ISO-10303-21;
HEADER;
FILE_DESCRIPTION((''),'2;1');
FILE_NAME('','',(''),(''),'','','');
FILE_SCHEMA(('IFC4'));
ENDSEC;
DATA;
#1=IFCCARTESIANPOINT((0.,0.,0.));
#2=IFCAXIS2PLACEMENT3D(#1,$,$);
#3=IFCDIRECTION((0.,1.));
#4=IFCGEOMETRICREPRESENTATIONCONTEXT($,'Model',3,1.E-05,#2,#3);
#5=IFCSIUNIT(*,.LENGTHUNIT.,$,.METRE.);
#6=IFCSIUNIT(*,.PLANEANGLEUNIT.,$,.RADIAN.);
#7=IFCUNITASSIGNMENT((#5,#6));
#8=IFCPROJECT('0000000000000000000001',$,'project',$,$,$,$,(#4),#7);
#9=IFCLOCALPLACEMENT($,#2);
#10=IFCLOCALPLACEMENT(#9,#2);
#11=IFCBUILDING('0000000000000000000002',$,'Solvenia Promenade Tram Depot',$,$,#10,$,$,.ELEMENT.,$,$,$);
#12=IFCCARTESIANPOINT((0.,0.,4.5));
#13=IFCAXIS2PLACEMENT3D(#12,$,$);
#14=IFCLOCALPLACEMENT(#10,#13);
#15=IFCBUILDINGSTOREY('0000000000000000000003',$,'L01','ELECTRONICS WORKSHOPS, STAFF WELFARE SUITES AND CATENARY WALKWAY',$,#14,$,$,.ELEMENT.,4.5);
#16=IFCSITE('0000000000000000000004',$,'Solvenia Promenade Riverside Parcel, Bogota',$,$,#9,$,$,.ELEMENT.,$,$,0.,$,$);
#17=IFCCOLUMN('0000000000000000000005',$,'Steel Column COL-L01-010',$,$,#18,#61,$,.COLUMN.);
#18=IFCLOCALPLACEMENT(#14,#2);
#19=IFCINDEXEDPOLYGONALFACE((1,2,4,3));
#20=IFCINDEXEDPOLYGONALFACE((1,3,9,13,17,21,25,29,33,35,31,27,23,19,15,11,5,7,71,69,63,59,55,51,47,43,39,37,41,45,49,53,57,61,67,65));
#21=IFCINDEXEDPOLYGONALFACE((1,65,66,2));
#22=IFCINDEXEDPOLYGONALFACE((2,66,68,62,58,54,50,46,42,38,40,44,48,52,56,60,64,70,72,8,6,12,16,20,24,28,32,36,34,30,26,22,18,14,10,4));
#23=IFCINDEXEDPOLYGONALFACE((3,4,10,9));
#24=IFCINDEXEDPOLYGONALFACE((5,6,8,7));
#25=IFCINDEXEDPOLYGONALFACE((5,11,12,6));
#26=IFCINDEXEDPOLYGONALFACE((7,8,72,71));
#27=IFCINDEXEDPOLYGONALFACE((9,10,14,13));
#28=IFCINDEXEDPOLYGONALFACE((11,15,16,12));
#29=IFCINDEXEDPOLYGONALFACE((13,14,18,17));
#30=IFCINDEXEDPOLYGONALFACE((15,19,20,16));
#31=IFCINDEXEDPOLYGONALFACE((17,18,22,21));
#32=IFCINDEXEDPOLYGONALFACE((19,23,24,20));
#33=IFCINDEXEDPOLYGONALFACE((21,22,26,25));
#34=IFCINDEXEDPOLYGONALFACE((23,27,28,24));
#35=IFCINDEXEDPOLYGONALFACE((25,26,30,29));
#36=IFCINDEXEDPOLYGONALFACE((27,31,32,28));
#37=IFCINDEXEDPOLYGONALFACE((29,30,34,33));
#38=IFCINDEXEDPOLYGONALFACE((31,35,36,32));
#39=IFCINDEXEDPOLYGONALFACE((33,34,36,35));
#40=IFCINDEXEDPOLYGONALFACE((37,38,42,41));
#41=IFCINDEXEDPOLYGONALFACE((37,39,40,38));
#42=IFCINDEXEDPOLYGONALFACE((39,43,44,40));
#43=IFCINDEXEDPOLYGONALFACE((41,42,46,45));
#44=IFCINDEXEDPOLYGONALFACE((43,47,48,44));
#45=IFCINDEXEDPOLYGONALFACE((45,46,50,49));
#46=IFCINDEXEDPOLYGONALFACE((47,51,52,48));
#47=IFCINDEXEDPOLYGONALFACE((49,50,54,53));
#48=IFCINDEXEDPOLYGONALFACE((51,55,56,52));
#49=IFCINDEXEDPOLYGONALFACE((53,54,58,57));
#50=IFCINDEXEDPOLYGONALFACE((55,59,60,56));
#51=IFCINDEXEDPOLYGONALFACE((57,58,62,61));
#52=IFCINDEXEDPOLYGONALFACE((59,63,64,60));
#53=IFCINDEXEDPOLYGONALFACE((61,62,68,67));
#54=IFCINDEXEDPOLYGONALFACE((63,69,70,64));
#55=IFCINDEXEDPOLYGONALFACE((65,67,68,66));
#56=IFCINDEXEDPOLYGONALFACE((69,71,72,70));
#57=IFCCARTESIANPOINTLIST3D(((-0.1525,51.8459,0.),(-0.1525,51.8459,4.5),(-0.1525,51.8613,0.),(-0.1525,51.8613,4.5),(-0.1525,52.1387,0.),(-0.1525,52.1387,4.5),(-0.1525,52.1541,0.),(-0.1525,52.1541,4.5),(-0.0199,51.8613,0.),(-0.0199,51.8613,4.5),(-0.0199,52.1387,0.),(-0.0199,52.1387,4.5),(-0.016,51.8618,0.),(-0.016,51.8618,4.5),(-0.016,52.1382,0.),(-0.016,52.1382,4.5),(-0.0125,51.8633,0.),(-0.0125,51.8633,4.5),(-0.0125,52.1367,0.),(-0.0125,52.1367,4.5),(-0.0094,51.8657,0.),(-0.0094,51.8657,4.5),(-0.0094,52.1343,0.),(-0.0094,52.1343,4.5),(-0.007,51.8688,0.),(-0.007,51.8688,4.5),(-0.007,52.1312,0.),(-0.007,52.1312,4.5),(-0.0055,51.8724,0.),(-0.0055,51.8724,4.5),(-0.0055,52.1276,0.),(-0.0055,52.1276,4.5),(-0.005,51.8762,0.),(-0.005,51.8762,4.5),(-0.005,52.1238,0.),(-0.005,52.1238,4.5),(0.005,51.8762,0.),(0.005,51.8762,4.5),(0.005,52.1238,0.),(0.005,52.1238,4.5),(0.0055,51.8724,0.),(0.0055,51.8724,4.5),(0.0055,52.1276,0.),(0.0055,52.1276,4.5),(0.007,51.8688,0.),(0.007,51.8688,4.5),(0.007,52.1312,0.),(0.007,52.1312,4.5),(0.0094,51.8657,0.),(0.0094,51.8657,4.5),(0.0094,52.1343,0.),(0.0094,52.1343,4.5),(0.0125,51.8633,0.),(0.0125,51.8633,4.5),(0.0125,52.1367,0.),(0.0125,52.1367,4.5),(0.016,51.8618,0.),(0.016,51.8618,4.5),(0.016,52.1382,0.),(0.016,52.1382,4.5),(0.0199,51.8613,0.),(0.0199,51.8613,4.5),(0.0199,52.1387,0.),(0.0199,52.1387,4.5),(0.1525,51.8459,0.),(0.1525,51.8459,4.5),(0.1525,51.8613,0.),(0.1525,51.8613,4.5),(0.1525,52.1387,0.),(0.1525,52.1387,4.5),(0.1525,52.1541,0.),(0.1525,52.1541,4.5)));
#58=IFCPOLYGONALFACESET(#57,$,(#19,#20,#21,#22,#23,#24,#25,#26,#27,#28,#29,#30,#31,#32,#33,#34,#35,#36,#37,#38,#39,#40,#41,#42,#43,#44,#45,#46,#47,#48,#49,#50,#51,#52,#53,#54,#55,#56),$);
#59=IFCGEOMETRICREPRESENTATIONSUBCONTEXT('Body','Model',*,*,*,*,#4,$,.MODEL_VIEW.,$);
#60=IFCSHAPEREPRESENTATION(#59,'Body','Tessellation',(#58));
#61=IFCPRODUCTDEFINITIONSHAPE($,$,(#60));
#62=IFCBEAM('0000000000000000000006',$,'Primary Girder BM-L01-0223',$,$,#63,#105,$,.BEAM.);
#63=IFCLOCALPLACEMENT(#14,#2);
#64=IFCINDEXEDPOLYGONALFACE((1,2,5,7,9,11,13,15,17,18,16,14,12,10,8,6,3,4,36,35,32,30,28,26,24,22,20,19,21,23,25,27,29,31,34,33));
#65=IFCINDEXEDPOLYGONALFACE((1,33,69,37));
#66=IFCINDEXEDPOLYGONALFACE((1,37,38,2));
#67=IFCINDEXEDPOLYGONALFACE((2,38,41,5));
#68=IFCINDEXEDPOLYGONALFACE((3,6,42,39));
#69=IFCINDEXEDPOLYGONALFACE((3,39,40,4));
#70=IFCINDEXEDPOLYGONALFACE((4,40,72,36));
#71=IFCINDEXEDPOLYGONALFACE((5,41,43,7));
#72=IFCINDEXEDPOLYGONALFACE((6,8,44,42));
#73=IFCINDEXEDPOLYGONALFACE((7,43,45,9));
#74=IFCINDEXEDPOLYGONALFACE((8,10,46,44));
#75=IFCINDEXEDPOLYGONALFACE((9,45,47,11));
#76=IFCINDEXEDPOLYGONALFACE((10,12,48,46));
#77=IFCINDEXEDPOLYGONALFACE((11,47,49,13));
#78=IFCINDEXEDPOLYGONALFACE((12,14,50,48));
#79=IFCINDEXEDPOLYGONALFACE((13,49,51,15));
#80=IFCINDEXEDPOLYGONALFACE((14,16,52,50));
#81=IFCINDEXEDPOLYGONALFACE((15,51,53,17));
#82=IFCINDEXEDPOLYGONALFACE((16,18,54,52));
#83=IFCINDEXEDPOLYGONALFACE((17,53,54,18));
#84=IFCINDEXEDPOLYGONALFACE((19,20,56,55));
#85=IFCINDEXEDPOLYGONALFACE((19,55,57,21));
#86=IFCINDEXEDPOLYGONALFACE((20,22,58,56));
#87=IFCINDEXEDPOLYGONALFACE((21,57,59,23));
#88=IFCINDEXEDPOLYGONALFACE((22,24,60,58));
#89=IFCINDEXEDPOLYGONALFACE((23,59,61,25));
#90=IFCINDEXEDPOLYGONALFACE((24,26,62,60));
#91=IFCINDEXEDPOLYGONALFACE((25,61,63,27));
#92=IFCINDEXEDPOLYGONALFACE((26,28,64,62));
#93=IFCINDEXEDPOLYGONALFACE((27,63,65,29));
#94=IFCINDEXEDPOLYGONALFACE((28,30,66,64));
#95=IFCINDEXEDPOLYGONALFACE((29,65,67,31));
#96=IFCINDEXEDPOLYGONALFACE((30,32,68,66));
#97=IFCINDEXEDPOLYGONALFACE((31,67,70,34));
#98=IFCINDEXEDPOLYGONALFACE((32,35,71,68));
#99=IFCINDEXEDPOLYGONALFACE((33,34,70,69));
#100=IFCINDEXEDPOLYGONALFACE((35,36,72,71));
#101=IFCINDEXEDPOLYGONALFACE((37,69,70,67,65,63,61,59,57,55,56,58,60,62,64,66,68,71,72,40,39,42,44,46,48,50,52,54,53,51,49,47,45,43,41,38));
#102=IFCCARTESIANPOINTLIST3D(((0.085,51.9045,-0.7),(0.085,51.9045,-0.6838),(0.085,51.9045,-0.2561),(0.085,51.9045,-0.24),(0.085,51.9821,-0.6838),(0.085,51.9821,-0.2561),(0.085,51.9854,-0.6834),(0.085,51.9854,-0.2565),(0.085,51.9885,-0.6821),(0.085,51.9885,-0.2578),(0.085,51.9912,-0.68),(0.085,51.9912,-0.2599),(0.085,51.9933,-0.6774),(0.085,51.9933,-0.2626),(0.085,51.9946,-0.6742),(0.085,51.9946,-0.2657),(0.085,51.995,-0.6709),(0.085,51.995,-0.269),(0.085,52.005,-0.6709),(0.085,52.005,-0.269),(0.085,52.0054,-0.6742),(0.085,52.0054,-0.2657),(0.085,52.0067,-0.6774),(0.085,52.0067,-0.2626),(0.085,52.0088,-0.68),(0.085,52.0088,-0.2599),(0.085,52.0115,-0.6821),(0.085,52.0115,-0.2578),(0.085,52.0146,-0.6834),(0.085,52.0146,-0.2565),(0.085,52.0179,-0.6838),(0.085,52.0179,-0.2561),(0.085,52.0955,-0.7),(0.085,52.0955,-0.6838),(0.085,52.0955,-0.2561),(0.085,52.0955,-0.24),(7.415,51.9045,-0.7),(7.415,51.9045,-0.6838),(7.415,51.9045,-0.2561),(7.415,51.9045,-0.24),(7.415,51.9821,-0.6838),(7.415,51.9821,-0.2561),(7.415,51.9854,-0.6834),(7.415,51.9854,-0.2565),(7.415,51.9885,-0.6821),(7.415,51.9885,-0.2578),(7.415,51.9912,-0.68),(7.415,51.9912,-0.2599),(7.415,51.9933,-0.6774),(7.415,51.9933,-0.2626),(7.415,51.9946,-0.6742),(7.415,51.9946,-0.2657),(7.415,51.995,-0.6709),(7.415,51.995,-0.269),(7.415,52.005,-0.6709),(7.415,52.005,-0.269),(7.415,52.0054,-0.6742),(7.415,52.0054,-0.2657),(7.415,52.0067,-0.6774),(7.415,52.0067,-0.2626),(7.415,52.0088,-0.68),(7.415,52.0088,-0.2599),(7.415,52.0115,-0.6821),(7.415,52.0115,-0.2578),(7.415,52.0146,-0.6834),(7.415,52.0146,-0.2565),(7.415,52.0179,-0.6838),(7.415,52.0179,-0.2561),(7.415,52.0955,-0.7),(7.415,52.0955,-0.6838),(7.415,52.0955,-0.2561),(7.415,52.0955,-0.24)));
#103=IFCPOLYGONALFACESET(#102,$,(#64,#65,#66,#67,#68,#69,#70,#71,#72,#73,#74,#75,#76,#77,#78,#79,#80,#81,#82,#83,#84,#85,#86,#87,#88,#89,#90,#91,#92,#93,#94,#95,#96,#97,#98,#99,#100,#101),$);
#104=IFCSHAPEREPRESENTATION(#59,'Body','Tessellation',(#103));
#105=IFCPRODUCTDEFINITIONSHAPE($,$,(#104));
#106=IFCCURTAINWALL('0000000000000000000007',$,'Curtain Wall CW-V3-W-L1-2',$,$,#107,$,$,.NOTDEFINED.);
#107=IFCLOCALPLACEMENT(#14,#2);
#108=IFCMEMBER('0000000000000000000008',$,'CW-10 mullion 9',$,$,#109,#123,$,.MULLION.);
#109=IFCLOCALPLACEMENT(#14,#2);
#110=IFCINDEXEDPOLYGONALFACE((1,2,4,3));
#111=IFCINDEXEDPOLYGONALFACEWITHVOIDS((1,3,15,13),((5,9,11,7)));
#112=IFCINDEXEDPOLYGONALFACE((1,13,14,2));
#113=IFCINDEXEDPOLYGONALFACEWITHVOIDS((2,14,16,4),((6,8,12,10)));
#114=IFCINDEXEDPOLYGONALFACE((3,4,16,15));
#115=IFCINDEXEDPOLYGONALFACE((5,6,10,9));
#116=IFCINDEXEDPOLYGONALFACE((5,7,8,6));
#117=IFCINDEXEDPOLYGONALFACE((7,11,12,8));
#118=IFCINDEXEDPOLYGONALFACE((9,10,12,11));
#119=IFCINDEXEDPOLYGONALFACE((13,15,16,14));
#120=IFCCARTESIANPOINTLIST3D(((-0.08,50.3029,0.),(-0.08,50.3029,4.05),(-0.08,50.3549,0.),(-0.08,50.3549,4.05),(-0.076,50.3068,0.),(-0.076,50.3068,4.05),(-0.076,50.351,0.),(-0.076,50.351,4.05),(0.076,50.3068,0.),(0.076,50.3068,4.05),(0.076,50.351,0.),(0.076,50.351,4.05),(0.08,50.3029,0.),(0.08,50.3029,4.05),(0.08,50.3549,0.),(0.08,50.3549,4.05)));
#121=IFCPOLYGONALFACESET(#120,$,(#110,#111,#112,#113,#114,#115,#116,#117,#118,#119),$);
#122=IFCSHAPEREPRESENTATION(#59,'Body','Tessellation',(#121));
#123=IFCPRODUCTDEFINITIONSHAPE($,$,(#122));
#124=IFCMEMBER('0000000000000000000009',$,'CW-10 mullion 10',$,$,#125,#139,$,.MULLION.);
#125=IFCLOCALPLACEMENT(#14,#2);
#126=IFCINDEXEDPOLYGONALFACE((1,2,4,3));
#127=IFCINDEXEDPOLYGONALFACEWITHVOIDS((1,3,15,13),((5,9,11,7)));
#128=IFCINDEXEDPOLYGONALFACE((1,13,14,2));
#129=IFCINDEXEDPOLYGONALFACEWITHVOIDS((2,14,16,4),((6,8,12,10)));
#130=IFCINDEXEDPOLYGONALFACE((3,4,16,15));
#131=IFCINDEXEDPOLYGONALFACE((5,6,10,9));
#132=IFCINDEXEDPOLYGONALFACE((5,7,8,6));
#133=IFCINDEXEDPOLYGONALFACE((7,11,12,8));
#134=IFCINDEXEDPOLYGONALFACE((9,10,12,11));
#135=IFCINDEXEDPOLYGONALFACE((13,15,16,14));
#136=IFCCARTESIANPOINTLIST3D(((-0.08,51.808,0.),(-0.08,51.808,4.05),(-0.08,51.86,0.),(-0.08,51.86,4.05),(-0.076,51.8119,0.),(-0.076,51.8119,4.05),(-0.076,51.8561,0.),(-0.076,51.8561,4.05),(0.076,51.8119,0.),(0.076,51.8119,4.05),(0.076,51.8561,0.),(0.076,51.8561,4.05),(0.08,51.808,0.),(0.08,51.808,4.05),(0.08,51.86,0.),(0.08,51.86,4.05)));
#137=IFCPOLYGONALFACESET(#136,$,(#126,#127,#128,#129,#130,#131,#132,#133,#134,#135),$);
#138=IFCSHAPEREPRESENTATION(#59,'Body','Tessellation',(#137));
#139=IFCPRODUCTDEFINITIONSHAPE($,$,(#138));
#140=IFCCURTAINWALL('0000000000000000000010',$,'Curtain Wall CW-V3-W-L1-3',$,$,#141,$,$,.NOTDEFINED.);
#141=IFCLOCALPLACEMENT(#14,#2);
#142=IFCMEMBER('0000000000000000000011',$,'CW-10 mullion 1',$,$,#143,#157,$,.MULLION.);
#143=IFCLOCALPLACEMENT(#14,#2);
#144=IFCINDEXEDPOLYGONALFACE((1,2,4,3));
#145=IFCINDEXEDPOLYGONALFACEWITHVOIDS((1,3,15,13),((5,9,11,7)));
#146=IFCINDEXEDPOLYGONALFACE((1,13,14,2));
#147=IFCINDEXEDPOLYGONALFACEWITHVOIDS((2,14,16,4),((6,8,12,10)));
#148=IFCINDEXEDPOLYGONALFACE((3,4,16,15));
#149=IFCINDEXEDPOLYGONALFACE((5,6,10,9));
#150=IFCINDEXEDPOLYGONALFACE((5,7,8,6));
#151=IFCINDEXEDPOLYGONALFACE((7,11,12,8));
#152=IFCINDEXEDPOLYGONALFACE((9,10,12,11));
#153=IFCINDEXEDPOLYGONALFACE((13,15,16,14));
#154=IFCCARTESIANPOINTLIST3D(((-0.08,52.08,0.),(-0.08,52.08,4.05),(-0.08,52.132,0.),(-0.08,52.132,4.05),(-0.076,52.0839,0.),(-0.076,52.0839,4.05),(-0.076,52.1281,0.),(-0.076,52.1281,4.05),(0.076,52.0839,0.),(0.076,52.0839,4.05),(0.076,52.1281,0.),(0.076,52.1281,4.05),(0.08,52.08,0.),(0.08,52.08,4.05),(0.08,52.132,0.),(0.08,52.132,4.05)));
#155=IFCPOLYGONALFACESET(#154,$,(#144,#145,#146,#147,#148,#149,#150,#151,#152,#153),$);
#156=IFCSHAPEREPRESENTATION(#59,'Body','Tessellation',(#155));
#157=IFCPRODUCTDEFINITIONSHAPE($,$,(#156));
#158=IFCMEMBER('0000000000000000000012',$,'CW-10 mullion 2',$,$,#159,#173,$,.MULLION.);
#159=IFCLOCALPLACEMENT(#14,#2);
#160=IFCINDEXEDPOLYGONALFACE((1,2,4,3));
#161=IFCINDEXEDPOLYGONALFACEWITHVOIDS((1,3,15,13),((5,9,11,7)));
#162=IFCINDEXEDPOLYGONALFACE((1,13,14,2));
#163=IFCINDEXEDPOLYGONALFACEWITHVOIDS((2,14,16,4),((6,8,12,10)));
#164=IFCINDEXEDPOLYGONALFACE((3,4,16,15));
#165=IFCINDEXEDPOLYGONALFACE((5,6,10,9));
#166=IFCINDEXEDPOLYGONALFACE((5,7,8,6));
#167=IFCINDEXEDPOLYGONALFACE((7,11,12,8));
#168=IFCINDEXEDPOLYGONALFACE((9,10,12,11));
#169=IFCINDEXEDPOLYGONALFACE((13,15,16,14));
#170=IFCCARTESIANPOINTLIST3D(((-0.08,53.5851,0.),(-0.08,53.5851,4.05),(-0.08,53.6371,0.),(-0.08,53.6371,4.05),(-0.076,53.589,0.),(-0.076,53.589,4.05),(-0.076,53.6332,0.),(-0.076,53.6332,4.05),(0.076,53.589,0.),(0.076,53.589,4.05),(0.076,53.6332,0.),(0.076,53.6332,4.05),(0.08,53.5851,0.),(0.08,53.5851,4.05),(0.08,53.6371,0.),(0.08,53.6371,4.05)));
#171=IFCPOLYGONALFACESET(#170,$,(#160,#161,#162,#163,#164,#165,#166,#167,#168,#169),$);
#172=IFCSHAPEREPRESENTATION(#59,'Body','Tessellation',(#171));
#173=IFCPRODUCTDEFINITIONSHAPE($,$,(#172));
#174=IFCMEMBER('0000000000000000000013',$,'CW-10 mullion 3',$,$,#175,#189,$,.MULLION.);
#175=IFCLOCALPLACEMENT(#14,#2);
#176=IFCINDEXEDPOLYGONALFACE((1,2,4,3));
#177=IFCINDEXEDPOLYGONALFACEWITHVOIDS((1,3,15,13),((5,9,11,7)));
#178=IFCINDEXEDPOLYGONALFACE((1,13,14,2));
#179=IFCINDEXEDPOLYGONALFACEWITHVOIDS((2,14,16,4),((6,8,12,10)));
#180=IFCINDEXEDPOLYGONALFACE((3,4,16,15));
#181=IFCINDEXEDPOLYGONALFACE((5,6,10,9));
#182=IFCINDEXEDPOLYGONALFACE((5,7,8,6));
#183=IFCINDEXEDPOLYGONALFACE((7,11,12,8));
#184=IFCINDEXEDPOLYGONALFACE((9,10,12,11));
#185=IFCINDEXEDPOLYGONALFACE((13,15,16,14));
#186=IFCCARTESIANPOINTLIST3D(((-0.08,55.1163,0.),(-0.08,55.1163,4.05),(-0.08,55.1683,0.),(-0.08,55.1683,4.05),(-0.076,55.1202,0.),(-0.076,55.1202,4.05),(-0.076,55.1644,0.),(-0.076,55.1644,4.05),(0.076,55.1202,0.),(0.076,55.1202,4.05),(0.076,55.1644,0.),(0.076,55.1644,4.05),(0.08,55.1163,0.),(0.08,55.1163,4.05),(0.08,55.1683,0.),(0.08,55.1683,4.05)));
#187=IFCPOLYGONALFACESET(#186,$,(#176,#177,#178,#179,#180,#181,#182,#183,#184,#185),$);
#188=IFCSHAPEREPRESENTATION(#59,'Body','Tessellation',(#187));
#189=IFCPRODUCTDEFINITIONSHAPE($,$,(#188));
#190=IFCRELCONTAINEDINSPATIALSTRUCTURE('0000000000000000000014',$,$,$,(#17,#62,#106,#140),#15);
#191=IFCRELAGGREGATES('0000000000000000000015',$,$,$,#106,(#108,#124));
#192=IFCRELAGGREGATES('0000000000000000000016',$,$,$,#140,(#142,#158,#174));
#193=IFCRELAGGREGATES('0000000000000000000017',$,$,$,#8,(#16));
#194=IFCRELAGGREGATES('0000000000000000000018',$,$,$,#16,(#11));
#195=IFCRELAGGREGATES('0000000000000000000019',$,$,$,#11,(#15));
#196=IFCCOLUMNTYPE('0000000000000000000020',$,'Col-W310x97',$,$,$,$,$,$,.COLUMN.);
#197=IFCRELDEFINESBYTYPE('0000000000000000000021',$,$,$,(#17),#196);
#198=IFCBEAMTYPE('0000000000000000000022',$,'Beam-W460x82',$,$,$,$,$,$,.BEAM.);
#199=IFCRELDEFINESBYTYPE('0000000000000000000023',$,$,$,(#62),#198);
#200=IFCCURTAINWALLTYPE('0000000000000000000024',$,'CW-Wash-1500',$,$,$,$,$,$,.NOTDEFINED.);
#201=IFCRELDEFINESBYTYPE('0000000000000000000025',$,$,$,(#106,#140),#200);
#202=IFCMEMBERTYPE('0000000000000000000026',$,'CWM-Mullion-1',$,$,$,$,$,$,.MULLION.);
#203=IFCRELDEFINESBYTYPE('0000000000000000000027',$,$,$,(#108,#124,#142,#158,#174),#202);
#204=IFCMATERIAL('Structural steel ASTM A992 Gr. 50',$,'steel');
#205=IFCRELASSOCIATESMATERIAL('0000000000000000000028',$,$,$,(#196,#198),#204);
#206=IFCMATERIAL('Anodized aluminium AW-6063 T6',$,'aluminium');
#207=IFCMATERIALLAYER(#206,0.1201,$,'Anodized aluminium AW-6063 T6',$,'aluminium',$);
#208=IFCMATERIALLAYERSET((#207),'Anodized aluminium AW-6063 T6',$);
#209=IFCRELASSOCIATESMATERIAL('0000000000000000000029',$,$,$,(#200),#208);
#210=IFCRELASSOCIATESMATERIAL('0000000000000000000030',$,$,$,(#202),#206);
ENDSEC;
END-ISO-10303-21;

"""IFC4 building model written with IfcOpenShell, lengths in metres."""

from ifc_helpers import new_model, si_unit, direction, frame, origin, origin_2d, place, context, subcontext, project, spatial, hollow_rectangle, i_section, extrude, material, layer, layer_set, material_profile, profile_set, type_object, element, aggregate, save


model = new_model("IFC4")

# Units and contexts
model_context = context("Model", 3, precision=1e-05, world=origin(), true_north=direction((0.0, 1.0)))
body_context = subcontext(model_context, "Body", "Model", "MODEL_VIEW")
ifc_project = project(units=[si_unit("LENGTHUNIT", "METRE"), si_unit("PLANEANGLEUNIT", "RADIAN")], contexts=[model_context])

# Site, building, storey
site_placement = place(None, origin())
site = spatial("IfcSite", under=ifc_project, at=site_placement, Name="Solvenia Promenade Riverside Parcel, Bogota", CompositionType="ELEMENT", RefElevation=0.0)
building_placement = place(site_placement, origin())
building = spatial("IfcBuilding", under=site, at=building_placement, Name="Solvenia Promenade Tram Depot", CompositionType="ELEMENT")
storey_placement = place(building_placement, frame((0.0, 0.0, 4.5)))
storey = spatial("IfcBuildingStorey", under=building, at=storey_placement, Name="L01", Description="ELECTRONICS WORKSHOPS, STAFF WELFARE SUITES AND CATENARY WALKWAY", CompositionType="ELEMENT", Elevation=4.5)

# Column
ifc_material_1 = material(Name="Structural steel ASTM A992 Gr. 50", Category="steel")
ifc_material_profile_1 = material_profile(ifc_material_1, i_section(OverallWidth=0.3049, OverallDepth=0.3081, WebThickness=0.01, FlangeThickness=0.0154, FilletRadius=0.0149, at=origin_2d()), Name="W310x97", Category="steel")
ifc_profile_set_1 = profile_set([ifc_material_profile_1], Name="Structural steel ASTM A992 Gr. 50")
column_type = type_object("IfcColumnType", Name="Col-W310x97", PredefinedType="COLUMN", material=ifc_profile_set_1)
column_placement = place(storey_placement, frame((0.0, 52.0, 0.0), z_axis=(0.0, 0.0, 1.0), x_axis=(1.0, 0.0, 0.0)))
element("IfcColumn", 1, at=column_placement, inside=storey, type_object=column_type, Name="Steel Column COL-L01-010", PredefinedType="COLUMN", context=body_context, shape_type="SweptSolid", body=[
    extrude(i_section(OverallWidth=0.3049, OverallDepth=0.3081, WebThickness=0.01, FlangeThickness=0.0154, FilletRadius=0.0149, at=origin_2d()), origin(), (0.0, 0.0, 1.0), 4.5),
])

# Beam
ifc_material_profile_2 = material_profile(ifc_material_1, i_section(OverallWidth=0.1909, OverallDepth=0.46, WebThickness=0.01, FlangeThickness=0.0161, FilletRadius=0.0129, at=origin_2d()), Name="W460x82", Category="steel")
ifc_profile_set_2 = profile_set([ifc_material_profile_2], Name="Structural steel ASTM A992 Gr. 50")
beam_type_1 = type_object("IfcBeamType", Name="Beam-W460x82", PredefinedType="BEAM", material=ifc_profile_set_2)
beam_1_placement = place(storey_placement, frame((0.085, 52.0, -0.47), z_axis=(1.0, 0.0, 0.0), x_axis=(0.0, 1.0, 0.0)))
element("IfcBeam", 2, at=beam_1_placement, inside=storey, type_object=beam_type_1, Name="Primary Girder BM-L01-0223", PredefinedType="BEAM", context=body_context, shape_type="SweptSolid", body=[
    extrude(i_section(OverallWidth=0.1909, OverallDepth=0.46, WebThickness=0.01, FlangeThickness=0.0161, FilletRadius=0.0129, at=origin_2d()), origin(), (0.0, 0.0, 1.0), 7.3301),
])

# Curtain walls, members
ifc_material_2 = material(Name="Anodized aluminium AW-6063 T6", Category="aluminium")
ifc_layer_1 = layer(ifc_material_2, 0.1201, Name="Anodized aluminium AW-6063 T6", Category="aluminium")
ifc_layer_set_1 = layer_set([ifc_layer_1], Name="Anodized aluminium AW-6063 T6")
curtain_wall_type = type_object("IfcCurtainWallType", Name="CW-Wash-1500", PredefinedType="NOTDEFINED", material=ifc_layer_set_1)
curtain_wall_1_placement = place(storey_placement, origin())
curtain_wall_1 = element("IfcCurtainWall", 3, at=curtain_wall_1_placement, inside=storey, type_object=curtain_wall_type, Name="Curtain Wall CW-V3-W-L1-2", PredefinedType="NOTDEFINED")
ifc_material_profile_3 = material_profile(ifc_material_2, hollow_rectangle(XDim=0.1599, YDim=0.052, WallThickness=0.0039, at=origin_2d()), Name="ALU-M1", Category="aluminium")
ifc_profile_set_3 = profile_set([ifc_material_profile_3], Name="Anodized aluminium AW-6063 T6")
member_type_1 = type_object("IfcMemberType", Name="CWM-Mullion-1", PredefinedType="MULLION", material=ifc_profile_set_3)
member_1_placement = place(storey_placement, frame((0.0, 50.3289, 0.0), z_axis=(0.0, 0.0, 1.0), x_axis=(-1.0, 0.0, 0.0)))
member_1 = element("IfcMember", 4, at=member_1_placement, type_object=member_type_1, Name="CW-10 mullion 9", PredefinedType="MULLION", context=body_context, shape_type="SweptSolid", body=[
    extrude(hollow_rectangle(XDim=0.1599, YDim=0.052, WallThickness=0.0039, at=origin_2d()), origin(), (0.0, 0.0, 1.0), 4.05),
])
member_2_placement = place(storey_placement, frame((0.0, 51.834, 0.0), z_axis=(0.0, 0.0, 1.0), x_axis=(-1.0, 0.0, 0.0)))
member_2 = element("IfcMember", 5, at=member_2_placement, type_object=member_type_1, Name="CW-10 mullion 10", PredefinedType="MULLION", context=body_context, shape_type="SweptSolid", body=[
    extrude(hollow_rectangle(XDim=0.1599, YDim=0.052, WallThickness=0.0039, at=origin_2d()), origin(), (0.0, 0.0, 1.0), 4.05),
])
curtain_wall_2_placement = place(storey_placement, origin())
curtain_wall_2 = element("IfcCurtainWall", 6, at=curtain_wall_2_placement, inside=storey, type_object=curtain_wall_type, Name="Curtain Wall CW-V3-W-L1-3", PredefinedType="NOTDEFINED")
member_3_placement = place(storey_placement, frame((0.0, 52.106, 0.0), z_axis=(0.0, 0.0, 1.0), x_axis=(-1.0, 0.0, 0.0)))
member_3 = element("IfcMember", 7, at=member_3_placement, type_object=member_type_1, Name="CW-10 mullion 1", PredefinedType="MULLION", context=body_context, shape_type="SweptSolid", body=[
    extrude(hollow_rectangle(XDim=0.1599, YDim=0.052, WallThickness=0.0039, at=origin_2d()), origin(), (0.0, 0.0, 1.0), 4.05),
])
member_4_placement = place(storey_placement, frame((0.0, 53.6111, 0.0), z_axis=(0.0, 0.0, 1.0), x_axis=(-1.0, 0.0, 0.0)))
member_4 = element("IfcMember", 8, at=member_4_placement, type_object=member_type_1, Name="CW-10 mullion 2", PredefinedType="MULLION", context=body_context, shape_type="SweptSolid", body=[
    extrude(hollow_rectangle(XDim=0.1599, YDim=0.052, WallThickness=0.0039, at=origin_2d()), origin(), (0.0, 0.0, 1.0), 4.05),
])
member_5_placement = place(storey_placement, frame((0.0, 55.1423, 0.0), z_axis=(0.0, 0.0, 1.0), x_axis=(-1.0, 0.0, 0.0)))
member_5 = element("IfcMember", 9, at=member_5_placement, type_object=member_type_1, Name="CW-10 mullion 3", PredefinedType="MULLION", context=body_context, shape_type="SweptSolid", body=[
    extrude(hollow_rectangle(XDim=0.1599, YDim=0.052, WallThickness=0.0039, at=origin_2d()), origin(), (0.0, 0.0, 1.0), 4.05),
])

aggregate(curtain_wall_1, [member_1, member_2])
aggregate(curtain_wall_2, [member_3, member_4, member_5])

save(model, "model.ifc")
